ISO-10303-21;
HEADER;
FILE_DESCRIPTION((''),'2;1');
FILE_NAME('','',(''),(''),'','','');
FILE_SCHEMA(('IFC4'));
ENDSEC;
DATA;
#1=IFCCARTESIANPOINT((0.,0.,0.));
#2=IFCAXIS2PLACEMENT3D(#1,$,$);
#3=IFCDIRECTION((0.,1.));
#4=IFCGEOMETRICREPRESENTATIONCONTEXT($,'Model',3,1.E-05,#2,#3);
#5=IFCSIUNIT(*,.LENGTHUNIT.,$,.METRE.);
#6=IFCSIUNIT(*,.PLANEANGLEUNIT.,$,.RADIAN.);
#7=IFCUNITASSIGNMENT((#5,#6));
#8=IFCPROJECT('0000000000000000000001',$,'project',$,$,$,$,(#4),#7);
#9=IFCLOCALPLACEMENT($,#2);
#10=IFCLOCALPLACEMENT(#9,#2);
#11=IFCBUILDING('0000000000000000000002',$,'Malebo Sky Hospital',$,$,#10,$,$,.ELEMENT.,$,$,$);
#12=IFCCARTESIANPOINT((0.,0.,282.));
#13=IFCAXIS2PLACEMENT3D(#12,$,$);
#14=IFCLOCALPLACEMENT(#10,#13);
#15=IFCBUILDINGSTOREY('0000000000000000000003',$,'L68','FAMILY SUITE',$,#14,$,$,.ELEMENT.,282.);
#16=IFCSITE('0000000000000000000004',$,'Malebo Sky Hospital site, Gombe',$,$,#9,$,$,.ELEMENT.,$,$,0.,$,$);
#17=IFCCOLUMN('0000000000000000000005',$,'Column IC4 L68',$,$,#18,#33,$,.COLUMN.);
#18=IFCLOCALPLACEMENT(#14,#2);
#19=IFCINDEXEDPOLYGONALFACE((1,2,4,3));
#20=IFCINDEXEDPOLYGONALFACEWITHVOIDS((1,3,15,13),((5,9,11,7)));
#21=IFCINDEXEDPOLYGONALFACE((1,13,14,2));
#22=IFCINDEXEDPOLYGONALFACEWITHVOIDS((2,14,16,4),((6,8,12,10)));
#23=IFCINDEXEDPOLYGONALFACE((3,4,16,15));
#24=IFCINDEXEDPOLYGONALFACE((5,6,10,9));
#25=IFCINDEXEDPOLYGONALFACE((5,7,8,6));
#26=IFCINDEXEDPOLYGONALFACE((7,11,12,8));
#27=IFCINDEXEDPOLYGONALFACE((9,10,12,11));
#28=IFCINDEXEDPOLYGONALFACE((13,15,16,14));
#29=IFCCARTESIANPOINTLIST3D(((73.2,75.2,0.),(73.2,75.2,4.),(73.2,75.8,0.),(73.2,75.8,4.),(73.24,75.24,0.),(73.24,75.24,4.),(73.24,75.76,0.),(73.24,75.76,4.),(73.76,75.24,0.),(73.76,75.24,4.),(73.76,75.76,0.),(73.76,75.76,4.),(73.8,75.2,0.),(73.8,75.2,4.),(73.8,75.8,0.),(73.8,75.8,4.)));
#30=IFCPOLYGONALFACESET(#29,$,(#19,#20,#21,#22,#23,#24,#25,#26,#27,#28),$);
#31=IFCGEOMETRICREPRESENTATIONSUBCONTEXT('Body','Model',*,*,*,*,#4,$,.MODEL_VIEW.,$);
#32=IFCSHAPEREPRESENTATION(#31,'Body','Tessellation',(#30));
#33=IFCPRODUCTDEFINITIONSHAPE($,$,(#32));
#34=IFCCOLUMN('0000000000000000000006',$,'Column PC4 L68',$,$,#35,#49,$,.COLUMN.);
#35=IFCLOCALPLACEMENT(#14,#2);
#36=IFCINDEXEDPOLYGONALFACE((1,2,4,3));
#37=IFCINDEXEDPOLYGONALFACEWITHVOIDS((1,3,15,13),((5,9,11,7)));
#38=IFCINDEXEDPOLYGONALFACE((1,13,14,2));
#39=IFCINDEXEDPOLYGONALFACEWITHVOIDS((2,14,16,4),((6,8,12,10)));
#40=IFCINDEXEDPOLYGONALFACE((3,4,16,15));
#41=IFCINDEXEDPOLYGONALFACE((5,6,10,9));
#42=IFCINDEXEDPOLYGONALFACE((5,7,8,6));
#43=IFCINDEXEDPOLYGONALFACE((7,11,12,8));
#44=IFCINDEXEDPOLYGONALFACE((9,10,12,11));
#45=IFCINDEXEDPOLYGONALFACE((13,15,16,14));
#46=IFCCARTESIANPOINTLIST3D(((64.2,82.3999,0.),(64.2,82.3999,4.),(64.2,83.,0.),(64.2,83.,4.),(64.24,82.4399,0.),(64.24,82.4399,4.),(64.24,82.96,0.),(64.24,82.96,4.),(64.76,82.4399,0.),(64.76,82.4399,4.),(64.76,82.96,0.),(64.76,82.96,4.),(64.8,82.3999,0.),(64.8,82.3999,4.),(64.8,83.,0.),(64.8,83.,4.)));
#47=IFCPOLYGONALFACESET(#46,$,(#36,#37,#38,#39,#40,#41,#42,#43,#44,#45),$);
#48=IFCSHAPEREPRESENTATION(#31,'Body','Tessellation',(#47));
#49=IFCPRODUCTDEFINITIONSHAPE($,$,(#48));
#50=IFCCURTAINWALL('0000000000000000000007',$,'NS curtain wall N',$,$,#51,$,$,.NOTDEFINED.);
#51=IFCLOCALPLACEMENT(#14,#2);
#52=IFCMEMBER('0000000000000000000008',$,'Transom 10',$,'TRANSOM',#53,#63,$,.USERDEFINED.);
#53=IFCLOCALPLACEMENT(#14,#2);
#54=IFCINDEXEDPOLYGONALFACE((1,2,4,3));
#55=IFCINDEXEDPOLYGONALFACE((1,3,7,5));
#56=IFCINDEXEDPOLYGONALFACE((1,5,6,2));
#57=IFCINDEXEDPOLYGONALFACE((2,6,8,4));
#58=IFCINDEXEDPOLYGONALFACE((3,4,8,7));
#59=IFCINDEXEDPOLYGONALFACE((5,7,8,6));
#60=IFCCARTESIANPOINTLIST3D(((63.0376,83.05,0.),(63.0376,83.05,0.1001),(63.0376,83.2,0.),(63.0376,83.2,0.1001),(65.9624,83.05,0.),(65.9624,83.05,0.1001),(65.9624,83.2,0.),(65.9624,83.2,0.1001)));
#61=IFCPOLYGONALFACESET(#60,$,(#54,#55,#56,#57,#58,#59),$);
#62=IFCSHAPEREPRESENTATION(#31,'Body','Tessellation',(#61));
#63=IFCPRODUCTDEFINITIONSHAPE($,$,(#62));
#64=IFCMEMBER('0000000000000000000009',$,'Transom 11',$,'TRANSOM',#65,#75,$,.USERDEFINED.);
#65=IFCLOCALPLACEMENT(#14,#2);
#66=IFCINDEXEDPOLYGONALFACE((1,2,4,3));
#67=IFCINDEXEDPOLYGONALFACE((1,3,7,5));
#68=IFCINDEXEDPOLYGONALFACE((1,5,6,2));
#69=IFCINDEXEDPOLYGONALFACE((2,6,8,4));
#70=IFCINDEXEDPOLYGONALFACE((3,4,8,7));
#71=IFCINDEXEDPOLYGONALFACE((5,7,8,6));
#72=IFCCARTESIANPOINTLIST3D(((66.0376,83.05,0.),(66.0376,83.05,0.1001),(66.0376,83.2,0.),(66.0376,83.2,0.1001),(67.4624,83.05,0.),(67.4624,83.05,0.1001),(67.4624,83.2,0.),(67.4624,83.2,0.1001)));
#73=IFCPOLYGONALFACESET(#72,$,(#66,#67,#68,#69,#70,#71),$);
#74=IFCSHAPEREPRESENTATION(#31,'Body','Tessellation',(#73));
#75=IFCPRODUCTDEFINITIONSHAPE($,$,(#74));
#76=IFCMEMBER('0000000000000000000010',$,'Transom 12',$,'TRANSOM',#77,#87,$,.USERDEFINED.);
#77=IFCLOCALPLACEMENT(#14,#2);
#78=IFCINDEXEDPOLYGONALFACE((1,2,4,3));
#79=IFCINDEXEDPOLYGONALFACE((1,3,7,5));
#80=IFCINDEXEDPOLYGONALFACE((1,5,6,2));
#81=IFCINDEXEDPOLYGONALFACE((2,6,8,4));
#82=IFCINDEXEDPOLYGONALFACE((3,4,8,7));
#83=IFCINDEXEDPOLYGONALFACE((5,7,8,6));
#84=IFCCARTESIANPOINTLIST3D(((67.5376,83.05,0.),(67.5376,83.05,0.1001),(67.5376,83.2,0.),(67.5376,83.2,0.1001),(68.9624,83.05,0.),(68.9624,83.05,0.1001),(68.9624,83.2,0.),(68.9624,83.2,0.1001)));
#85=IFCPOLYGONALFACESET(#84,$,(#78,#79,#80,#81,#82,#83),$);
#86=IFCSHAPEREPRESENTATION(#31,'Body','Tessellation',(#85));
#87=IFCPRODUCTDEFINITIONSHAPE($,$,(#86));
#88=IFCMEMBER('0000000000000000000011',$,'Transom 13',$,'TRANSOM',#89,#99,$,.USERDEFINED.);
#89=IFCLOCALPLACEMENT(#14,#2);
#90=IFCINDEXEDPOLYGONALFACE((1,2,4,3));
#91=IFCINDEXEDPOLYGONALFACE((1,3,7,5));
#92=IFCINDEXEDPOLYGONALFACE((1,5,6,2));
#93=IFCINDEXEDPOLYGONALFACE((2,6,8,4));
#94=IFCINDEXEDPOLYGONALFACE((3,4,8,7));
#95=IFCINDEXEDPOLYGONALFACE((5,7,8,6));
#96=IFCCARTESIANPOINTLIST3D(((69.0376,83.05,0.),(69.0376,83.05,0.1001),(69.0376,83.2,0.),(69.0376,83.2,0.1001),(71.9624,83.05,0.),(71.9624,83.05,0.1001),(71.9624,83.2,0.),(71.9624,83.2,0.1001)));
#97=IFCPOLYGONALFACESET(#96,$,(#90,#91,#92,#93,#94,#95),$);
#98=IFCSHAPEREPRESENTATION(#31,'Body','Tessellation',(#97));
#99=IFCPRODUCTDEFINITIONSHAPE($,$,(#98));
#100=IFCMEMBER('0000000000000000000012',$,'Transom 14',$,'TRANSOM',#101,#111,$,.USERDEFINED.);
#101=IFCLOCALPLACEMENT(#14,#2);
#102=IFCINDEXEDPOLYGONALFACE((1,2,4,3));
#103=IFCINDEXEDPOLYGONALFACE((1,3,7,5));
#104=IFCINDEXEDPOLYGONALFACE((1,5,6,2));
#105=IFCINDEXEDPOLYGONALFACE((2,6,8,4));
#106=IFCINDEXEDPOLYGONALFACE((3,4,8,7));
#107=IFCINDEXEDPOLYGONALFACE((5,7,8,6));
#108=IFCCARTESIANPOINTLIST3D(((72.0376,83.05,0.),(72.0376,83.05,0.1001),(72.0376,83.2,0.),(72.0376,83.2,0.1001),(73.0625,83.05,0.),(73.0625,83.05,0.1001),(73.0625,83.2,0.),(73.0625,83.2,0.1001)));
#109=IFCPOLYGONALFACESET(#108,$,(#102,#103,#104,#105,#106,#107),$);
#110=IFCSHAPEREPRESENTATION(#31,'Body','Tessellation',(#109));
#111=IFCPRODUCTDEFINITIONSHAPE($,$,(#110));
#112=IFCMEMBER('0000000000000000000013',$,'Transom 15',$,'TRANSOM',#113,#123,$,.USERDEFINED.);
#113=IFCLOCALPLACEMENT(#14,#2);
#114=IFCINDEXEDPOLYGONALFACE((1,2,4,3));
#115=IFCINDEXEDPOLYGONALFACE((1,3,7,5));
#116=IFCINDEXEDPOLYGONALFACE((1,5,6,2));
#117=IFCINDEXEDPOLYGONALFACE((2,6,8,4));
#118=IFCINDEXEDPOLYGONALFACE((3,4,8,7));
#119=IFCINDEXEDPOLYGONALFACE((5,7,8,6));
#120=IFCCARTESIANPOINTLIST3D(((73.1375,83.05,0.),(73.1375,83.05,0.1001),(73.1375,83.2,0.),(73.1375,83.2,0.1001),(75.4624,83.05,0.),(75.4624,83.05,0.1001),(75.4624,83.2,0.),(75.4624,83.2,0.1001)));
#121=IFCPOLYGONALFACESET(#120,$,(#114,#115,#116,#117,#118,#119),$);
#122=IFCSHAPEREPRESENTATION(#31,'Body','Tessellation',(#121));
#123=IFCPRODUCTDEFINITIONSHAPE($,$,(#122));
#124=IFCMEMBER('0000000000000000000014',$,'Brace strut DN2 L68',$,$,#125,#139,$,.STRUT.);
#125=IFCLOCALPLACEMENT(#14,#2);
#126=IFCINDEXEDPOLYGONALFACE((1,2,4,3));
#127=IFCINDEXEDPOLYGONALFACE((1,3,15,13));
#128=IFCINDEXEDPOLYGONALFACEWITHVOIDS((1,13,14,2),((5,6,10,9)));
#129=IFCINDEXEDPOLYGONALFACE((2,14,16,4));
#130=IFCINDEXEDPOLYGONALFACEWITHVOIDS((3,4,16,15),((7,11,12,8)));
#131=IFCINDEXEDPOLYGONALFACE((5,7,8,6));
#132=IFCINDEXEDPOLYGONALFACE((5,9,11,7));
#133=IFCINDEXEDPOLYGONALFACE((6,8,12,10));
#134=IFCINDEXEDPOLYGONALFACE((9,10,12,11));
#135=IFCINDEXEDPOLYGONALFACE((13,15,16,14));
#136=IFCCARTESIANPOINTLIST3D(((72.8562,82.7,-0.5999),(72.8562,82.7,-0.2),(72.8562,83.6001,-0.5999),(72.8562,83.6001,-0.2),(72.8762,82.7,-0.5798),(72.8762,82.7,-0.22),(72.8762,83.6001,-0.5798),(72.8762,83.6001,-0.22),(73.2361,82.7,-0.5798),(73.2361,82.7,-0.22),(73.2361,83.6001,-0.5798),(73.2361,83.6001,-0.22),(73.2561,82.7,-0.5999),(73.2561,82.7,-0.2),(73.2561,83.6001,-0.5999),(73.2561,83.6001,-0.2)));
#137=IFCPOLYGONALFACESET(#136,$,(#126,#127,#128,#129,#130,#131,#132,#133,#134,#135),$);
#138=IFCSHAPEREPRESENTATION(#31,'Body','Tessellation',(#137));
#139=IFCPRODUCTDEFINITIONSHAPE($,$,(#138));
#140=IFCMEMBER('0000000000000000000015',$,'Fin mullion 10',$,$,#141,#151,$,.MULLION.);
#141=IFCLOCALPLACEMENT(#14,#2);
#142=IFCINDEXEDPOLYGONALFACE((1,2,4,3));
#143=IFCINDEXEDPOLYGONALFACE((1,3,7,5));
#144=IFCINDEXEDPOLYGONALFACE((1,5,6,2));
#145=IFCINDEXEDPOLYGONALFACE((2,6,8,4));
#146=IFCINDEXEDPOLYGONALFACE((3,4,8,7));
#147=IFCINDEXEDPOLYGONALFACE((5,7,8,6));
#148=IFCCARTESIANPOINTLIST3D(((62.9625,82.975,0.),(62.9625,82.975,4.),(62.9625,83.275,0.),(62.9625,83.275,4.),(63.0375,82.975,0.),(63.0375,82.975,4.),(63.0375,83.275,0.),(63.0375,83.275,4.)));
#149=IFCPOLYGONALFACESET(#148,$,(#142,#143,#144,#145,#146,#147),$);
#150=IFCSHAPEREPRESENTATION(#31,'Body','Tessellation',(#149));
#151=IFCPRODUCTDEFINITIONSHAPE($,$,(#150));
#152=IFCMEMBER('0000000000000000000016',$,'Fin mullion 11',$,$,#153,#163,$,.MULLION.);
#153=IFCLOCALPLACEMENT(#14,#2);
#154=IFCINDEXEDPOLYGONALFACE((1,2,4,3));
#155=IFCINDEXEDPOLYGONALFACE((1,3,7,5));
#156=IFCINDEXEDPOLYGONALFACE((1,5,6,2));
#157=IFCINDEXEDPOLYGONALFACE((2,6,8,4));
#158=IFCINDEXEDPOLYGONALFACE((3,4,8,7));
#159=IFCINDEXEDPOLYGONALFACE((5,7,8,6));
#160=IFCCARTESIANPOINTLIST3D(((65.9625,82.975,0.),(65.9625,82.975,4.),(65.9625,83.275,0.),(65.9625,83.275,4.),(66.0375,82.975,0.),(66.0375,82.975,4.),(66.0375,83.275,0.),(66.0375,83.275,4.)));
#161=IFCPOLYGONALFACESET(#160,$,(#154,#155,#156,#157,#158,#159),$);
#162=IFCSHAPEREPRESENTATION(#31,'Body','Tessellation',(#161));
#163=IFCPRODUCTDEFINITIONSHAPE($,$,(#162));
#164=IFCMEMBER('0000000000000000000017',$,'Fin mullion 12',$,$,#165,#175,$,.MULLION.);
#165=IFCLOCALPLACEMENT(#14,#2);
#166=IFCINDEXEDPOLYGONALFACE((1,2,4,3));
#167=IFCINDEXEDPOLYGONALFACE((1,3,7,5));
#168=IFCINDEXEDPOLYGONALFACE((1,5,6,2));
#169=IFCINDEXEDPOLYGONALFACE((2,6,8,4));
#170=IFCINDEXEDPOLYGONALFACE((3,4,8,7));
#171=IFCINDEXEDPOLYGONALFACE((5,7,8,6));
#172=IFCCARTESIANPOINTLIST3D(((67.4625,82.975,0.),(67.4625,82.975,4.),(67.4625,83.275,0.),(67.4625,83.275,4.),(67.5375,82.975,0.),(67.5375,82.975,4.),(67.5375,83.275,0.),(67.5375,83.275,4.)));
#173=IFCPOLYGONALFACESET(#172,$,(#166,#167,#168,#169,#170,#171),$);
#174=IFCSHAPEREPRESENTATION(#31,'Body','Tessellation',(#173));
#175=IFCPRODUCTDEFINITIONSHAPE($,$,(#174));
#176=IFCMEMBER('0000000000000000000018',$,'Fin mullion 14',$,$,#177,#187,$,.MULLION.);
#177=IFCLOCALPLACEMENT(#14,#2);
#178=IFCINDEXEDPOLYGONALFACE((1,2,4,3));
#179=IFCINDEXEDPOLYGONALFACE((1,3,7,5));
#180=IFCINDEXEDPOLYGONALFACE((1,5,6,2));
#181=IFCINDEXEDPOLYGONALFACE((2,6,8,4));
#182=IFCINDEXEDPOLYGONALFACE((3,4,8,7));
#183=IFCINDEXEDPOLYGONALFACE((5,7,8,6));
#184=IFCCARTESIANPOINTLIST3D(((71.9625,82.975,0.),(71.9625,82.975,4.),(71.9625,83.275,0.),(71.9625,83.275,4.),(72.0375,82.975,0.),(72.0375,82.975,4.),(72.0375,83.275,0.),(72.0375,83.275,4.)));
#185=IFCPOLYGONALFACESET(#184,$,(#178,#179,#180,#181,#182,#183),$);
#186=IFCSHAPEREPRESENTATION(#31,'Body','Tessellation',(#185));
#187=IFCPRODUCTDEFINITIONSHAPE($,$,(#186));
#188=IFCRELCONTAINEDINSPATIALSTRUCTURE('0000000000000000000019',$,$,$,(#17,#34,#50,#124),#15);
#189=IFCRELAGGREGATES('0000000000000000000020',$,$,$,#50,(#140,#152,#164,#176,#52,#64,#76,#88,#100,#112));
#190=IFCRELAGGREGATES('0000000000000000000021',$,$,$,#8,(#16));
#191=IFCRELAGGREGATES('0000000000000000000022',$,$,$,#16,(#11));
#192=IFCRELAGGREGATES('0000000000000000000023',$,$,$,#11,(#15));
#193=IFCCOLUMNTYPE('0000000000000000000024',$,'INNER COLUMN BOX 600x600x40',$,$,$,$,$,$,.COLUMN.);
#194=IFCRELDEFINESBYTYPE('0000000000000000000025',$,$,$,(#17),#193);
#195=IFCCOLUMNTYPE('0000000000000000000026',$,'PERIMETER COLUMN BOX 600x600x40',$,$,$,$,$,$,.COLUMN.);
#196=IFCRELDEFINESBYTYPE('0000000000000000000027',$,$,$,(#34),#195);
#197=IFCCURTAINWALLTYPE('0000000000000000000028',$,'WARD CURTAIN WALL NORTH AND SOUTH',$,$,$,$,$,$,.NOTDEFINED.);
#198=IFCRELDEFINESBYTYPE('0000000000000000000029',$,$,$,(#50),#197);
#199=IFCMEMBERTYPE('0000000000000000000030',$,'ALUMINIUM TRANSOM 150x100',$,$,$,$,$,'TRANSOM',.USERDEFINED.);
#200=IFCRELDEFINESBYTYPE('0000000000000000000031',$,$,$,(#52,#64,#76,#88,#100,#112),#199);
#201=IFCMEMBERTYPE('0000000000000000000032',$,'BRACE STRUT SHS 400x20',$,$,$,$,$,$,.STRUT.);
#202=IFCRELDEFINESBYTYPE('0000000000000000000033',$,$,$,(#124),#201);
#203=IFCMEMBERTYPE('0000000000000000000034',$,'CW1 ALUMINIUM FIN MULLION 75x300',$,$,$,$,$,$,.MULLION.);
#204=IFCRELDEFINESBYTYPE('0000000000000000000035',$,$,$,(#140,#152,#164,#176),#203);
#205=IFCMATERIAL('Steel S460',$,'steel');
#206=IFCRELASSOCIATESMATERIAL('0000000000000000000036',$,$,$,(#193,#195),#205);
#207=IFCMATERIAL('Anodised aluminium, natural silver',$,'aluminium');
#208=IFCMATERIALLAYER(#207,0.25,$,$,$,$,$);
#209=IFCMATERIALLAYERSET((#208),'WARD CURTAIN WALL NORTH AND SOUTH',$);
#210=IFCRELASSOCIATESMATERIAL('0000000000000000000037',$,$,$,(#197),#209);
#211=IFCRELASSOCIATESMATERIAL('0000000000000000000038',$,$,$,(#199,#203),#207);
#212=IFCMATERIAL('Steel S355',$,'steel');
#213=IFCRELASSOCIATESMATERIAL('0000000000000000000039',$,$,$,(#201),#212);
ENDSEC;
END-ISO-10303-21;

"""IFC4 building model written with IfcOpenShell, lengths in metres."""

from ifc_helpers import new_model, si_unit, direction, frame, origin, origin_2d, place, context, subcontext, project, spatial, rectangle, hollow_rectangle, extrude, material, layer, layer_set, material_profile, profile_set, type_object, element, aggregate, save


model = new_model("IFC4")

# Units and contexts
model_context = context("Model", 3, precision=1e-05, world=origin(), true_north=direction((0.0, 1.0)))
body_context = subcontext(model_context, "Body", "Model", "MODEL_VIEW")
ifc_project = project(units=[si_unit("LENGTHUNIT", "METRE"), si_unit("PLANEANGLEUNIT", "RADIAN")], contexts=[model_context])

# Site, building, storey
site_placement = place(None, origin())
site = spatial("IfcSite", under=ifc_project, at=site_placement, Name="Malebo Sky Hospital site, Gombe", CompositionType="ELEMENT", RefElevation=0.0)
building_placement = place(site_placement, origin())
building = spatial("IfcBuilding", under=site, at=building_placement, Name="Malebo Sky Hospital", CompositionType="ELEMENT")
storey_placement = place(building_placement, frame((0.0, 0.0, 282.0)))
storey = spatial("IfcBuildingStorey", under=building, at=storey_placement, Name="L68", Description="FAMILY SUITE", CompositionType="ELEMENT", Elevation=282.0)

# Columns
ifc_material_1 = material(Name="Steel S460", Category="steel")
ifc_material_profile_1 = material_profile(ifc_material_1, hollow_rectangle(XDim=0.6001, YDim=0.6001, WallThickness=0.04, at=origin_2d()), Name="BOX 600x600x40")
ifc_profile_set_1 = profile_set([ifc_material_profile_1], Name="Steel S460")
column_type_1 = type_object("IfcColumnType", Name="INNER COLUMN BOX 600x600x40", PredefinedType="COLUMN", material=ifc_profile_set_1)
column_1_placement = place(storey_placement, frame((73.5, 75.5, 0.0), z_axis=(0.0, 0.0, 1.0), x_axis=(1.0, 0.0, 0.0)))
element("IfcColumn", 1, at=column_1_placement, inside=storey, type_object=column_type_1, Name="Column IC4 L68", PredefinedType="COLUMN", context=body_context, shape_type="SweptSolid", body=[
    extrude(hollow_rectangle(XDim=0.6001, YDim=0.6001, WallThickness=0.04, at=origin_2d()), origin(), (0.0, 0.0, 1.0), 4.0),
])
ifc_material_profile_2 = material_profile(ifc_material_1, hollow_rectangle(XDim=0.6001, YDim=0.6001, WallThickness=0.04, at=origin_2d()), Name="BOX 600x600x40")
ifc_profile_set_2 = profile_set([ifc_material_profile_2], Name="Steel S460")
column_type_2 = type_object("IfcColumnType", Name="PERIMETER COLUMN BOX 600x600x40", PredefinedType="COLUMN", material=ifc_profile_set_2)
column_2_placement = place(storey_placement, frame((64.5, 82.7, 0.0), z_axis=(0.0, 0.0, 1.0), x_axis=(1.0, 0.0, 0.0)))
element("IfcColumn", 2, at=column_2_placement, inside=storey, type_object=column_type_2, Name="Column PC4 L68", PredefinedType="COLUMN", context=body_context, shape_type="SweptSolid", body=[
    extrude(hollow_rectangle(XDim=0.6001, YDim=0.6001, WallThickness=0.04, at=origin_2d()), origin(), (0.0, 0.0, 1.0), 4.0),
])

# Curtain wall, members
ifc_material_2 = material(Name="Anodised aluminium, natural silver", Category="aluminium")
ifc_layer_1 = layer(ifc_material_2, 0.25)
ifc_layer_set_1 = layer_set([ifc_layer_1], Name="WARD CURTAIN WALL NORTH AND SOUTH")
curtain_wall_type = type_object("IfcCurtainWallType", Name="WARD CURTAIN WALL NORTH AND SOUTH", PredefinedType="NOTDEFINED", material=ifc_layer_set_1)
curtain_wall_placement = place(storey_placement, origin())
curtain_wall = element("IfcCurtainWall", 3, at=curtain_wall_placement, inside=storey, type_object=curtain_wall_type, Name="NS curtain wall N", PredefinedType="NOTDEFINED")
ifc_material_profile_3 = material_profile(ifc_material_2, rectangle(XDim=0.1499, YDim=0.1001, at=origin_2d()), Name="ALUMINIUM TRANSOM 150x100")
ifc_profile_set_3 = profile_set([ifc_material_profile_3], Name="Anodised aluminium, natural silver")
member_type_1 = type_object("IfcMemberType", Name="ALUMINIUM TRANSOM 150x100", ElementType="TRANSOM", PredefinedType="USERDEFINED", material=ifc_profile_set_3)
member_1_placement = place(storey_placement, frame((63.0376, 83.125, 0.05), z_axis=(1.0, 0.0, 0.0), x_axis=(0.0, 1.0, 0.0)))
member_1 = element("IfcMember", 4, at=member_1_placement, type_object=member_type_1, Name="Transom 10", ObjectType="TRANSOM", PredefinedType="USERDEFINED", context=body_context, shape_type="SweptSolid", body=[
    extrude(rectangle(XDim=0.1499, YDim=0.1001, at=origin_2d()), origin(), (0.0, 0.0, 1.0), 2.9248),
])
member_2_placement = place(storey_placement, frame((66.0376, 83.125, 0.05), z_axis=(1.0, 0.0, 0.0), x_axis=(0.0, 1.0, 0.0)))
member_2 = element("IfcMember", 5, at=member_2_placement, type_object=member_type_1, Name="Transom 11", ObjectType="TRANSOM", PredefinedType="USERDEFINED", context=body_context, shape_type="SweptSolid", body=[
    extrude(rectangle(XDim=0.1499, YDim=0.1001, at=origin_2d()), origin(), (0.0, 0.0, 1.0), 1.4248),
])
member_3_placement = place(storey_placement, frame((67.5376, 83.125, 0.05), z_axis=(1.0, 0.0, 0.0), x_axis=(0.0, 1.0, 0.0)))
member_3 = element("IfcMember", 6, at=member_3_placement, type_object=member_type_1, Name="Transom 12", ObjectType="TRANSOM", PredefinedType="USERDEFINED", context=body_context, shape_type="SweptSolid", body=[
    extrude(rectangle(XDim=0.1499, YDim=0.1001, at=origin_2d()), origin(), (0.0, 0.0, 1.0), 1.4248),
])
member_4_placement = place(storey_placement, frame((69.0376, 83.125, 0.05), z_axis=(1.0, 0.0, 0.0), x_axis=(0.0, 1.0, 0.0)))
member_4 = element("IfcMember", 7, at=member_4_placement, type_object=member_type_1, Name="Transom 13", ObjectType="TRANSOM", PredefinedType="USERDEFINED", context=body_context, shape_type="SweptSolid", body=[
    extrude(rectangle(XDim=0.1499, YDim=0.1001, at=origin_2d()), origin(), (0.0, 0.0, 1.0), 2.9248),
])
member_5_placement = place(storey_placement, frame((72.0376, 83.125, 0.05), z_axis=(1.0, 0.0, 0.0), x_axis=(0.0, 1.0, 0.0)))
member_5 = element("IfcMember", 8, at=member_5_placement, type_object=member_type_1, Name="Transom 14", ObjectType="TRANSOM", PredefinedType="USERDEFINED", context=body_context, shape_type="SweptSolid", body=[
    extrude(rectangle(XDim=0.1499, YDim=0.1001, at=origin_2d()), origin(), (0.0, 0.0, 1.0), 1.0249),
])
member_6_placement = place(storey_placement, frame((73.1375, 83.125, 0.05), z_axis=(1.0, 0.0, 0.0), x_axis=(0.0, 1.0, 0.0)))
member_6 = element("IfcMember", 9, at=member_6_placement, type_object=member_type_1, Name="Transom 15", ObjectType="TRANSOM", PredefinedType="USERDEFINED", context=body_context, shape_type="SweptSolid", body=[
    extrude(rectangle(XDim=0.1499, YDim=0.1001, at=origin_2d()), origin(), (0.0, 0.0, 1.0), 2.325),
])

# Members
ifc_material_3 = material(Name="Steel S355", Category="steel")
ifc_material_profile_4 = material_profile(ifc_material_3, hollow_rectangle(XDim=0.3999, YDim=0.3999, WallThickness=0.02, at=origin_2d()), Name="SHS 400x20")
ifc_profile_set_4 = profile_set([ifc_material_profile_4], Name="Steel S355")
member_type_2 = type_object("IfcMemberType", Name="BRACE STRUT SHS 400x20", PredefinedType="STRUT", material=ifc_profile_set_4)
member_7_placement = place(storey_placement, frame((73.0562, 83.6001, -0.3999), z_axis=(0.0, -1.0, 0.0), x_axis=(1.0, 0.0, 0.0)))
element("IfcMember", 10, at=member_7_placement, inside=storey, type_object=member_type_2, Name="Brace strut DN2 L68", PredefinedType="STRUT", context=body_context, shape_type="SweptSolid", body=[
    extrude(hollow_rectangle(XDim=0.3999, YDim=0.3999, WallThickness=0.02, at=origin_2d()), origin(), (0.0, 0.0, 1.0), 0.9001),
])
ifc_material_profile_5 = material_profile(ifc_material_2, rectangle(XDim=0.075, YDim=0.3, at=origin_2d()), Name="CW1 ALUMINIUM FIN MULLION 75x300")
ifc_profile_set_5 = profile_set([ifc_material_profile_5], Name="Anodised aluminium, natural silver")
member_type_3 = type_object("IfcMemberType", Name="CW1 ALUMINIUM FIN MULLION 75x300", PredefinedType="MULLION", material=ifc_profile_set_5)
member_8_placement = place(storey_placement, frame((63.0, 83.125, 0.0), z_axis=(0.0, 0.0, 1.0), x_axis=(1.0, 0.0, 0.0)))
member_8 = element("IfcMember", 11, at=member_8_placement, type_object=member_type_3, Name="Fin mullion 10", PredefinedType="MULLION", context=body_context, shape_type="SweptSolid", body=[
    extrude(rectangle(XDim=0.075, YDim=0.3, at=origin_2d()), origin(), (0.0, 0.0, 1.0), 4.0),
])
member_9_placement = place(storey_placement, frame((66.0, 83.125, 0.0), z_axis=(0.0, 0.0, 1.0), x_axis=(1.0, 0.0, 0.0)))
member_9 = element("IfcMember", 12, at=member_9_placement, type_object=member_type_3, Name="Fin mullion 11", PredefinedType="MULLION", context=body_context, shape_type="SweptSolid", body=[
    extrude(rectangle(XDim=0.075, YDim=0.3, at=origin_2d()), origin(), (0.0, 0.0, 1.0), 4.0),
])
member_10_placement = place(storey_placement, frame((67.5, 83.125, 0.0), z_axis=(0.0, 0.0, 1.0), x_axis=(1.0, 0.0, 0.0)))
member_10 = element("IfcMember", 13, at=member_10_placement, type_object=member_type_3, Name="Fin mullion 12", PredefinedType="MULLION", context=body_context, shape_type="SweptSolid", body=[
    extrude(rectangle(XDim=0.075, YDim=0.3, at=origin_2d()), origin(), (0.0, 0.0, 1.0), 4.0),
])
member_11_placement = place(storey_placement, frame((72.0, 83.125, 0.0), z_axis=(0.0, 0.0, 1.0), x_axis=(1.0, 0.0, 0.0)))
member_11 = element("IfcMember", 14, at=member_11_placement, type_object=member_type_3, Name="Fin mullion 14", PredefinedType="MULLION", context=body_context, shape_type="SweptSolid", body=[
    extrude(rectangle(XDim=0.075, YDim=0.3, at=origin_2d()), origin(), (0.0, 0.0, 1.0), 4.0),
])

aggregate(curtain_wall, [member_8, member_9, member_10, member_11, member_1, member_2, member_3, member_4, member_5, member_6])

save(model, "model.ifc")
